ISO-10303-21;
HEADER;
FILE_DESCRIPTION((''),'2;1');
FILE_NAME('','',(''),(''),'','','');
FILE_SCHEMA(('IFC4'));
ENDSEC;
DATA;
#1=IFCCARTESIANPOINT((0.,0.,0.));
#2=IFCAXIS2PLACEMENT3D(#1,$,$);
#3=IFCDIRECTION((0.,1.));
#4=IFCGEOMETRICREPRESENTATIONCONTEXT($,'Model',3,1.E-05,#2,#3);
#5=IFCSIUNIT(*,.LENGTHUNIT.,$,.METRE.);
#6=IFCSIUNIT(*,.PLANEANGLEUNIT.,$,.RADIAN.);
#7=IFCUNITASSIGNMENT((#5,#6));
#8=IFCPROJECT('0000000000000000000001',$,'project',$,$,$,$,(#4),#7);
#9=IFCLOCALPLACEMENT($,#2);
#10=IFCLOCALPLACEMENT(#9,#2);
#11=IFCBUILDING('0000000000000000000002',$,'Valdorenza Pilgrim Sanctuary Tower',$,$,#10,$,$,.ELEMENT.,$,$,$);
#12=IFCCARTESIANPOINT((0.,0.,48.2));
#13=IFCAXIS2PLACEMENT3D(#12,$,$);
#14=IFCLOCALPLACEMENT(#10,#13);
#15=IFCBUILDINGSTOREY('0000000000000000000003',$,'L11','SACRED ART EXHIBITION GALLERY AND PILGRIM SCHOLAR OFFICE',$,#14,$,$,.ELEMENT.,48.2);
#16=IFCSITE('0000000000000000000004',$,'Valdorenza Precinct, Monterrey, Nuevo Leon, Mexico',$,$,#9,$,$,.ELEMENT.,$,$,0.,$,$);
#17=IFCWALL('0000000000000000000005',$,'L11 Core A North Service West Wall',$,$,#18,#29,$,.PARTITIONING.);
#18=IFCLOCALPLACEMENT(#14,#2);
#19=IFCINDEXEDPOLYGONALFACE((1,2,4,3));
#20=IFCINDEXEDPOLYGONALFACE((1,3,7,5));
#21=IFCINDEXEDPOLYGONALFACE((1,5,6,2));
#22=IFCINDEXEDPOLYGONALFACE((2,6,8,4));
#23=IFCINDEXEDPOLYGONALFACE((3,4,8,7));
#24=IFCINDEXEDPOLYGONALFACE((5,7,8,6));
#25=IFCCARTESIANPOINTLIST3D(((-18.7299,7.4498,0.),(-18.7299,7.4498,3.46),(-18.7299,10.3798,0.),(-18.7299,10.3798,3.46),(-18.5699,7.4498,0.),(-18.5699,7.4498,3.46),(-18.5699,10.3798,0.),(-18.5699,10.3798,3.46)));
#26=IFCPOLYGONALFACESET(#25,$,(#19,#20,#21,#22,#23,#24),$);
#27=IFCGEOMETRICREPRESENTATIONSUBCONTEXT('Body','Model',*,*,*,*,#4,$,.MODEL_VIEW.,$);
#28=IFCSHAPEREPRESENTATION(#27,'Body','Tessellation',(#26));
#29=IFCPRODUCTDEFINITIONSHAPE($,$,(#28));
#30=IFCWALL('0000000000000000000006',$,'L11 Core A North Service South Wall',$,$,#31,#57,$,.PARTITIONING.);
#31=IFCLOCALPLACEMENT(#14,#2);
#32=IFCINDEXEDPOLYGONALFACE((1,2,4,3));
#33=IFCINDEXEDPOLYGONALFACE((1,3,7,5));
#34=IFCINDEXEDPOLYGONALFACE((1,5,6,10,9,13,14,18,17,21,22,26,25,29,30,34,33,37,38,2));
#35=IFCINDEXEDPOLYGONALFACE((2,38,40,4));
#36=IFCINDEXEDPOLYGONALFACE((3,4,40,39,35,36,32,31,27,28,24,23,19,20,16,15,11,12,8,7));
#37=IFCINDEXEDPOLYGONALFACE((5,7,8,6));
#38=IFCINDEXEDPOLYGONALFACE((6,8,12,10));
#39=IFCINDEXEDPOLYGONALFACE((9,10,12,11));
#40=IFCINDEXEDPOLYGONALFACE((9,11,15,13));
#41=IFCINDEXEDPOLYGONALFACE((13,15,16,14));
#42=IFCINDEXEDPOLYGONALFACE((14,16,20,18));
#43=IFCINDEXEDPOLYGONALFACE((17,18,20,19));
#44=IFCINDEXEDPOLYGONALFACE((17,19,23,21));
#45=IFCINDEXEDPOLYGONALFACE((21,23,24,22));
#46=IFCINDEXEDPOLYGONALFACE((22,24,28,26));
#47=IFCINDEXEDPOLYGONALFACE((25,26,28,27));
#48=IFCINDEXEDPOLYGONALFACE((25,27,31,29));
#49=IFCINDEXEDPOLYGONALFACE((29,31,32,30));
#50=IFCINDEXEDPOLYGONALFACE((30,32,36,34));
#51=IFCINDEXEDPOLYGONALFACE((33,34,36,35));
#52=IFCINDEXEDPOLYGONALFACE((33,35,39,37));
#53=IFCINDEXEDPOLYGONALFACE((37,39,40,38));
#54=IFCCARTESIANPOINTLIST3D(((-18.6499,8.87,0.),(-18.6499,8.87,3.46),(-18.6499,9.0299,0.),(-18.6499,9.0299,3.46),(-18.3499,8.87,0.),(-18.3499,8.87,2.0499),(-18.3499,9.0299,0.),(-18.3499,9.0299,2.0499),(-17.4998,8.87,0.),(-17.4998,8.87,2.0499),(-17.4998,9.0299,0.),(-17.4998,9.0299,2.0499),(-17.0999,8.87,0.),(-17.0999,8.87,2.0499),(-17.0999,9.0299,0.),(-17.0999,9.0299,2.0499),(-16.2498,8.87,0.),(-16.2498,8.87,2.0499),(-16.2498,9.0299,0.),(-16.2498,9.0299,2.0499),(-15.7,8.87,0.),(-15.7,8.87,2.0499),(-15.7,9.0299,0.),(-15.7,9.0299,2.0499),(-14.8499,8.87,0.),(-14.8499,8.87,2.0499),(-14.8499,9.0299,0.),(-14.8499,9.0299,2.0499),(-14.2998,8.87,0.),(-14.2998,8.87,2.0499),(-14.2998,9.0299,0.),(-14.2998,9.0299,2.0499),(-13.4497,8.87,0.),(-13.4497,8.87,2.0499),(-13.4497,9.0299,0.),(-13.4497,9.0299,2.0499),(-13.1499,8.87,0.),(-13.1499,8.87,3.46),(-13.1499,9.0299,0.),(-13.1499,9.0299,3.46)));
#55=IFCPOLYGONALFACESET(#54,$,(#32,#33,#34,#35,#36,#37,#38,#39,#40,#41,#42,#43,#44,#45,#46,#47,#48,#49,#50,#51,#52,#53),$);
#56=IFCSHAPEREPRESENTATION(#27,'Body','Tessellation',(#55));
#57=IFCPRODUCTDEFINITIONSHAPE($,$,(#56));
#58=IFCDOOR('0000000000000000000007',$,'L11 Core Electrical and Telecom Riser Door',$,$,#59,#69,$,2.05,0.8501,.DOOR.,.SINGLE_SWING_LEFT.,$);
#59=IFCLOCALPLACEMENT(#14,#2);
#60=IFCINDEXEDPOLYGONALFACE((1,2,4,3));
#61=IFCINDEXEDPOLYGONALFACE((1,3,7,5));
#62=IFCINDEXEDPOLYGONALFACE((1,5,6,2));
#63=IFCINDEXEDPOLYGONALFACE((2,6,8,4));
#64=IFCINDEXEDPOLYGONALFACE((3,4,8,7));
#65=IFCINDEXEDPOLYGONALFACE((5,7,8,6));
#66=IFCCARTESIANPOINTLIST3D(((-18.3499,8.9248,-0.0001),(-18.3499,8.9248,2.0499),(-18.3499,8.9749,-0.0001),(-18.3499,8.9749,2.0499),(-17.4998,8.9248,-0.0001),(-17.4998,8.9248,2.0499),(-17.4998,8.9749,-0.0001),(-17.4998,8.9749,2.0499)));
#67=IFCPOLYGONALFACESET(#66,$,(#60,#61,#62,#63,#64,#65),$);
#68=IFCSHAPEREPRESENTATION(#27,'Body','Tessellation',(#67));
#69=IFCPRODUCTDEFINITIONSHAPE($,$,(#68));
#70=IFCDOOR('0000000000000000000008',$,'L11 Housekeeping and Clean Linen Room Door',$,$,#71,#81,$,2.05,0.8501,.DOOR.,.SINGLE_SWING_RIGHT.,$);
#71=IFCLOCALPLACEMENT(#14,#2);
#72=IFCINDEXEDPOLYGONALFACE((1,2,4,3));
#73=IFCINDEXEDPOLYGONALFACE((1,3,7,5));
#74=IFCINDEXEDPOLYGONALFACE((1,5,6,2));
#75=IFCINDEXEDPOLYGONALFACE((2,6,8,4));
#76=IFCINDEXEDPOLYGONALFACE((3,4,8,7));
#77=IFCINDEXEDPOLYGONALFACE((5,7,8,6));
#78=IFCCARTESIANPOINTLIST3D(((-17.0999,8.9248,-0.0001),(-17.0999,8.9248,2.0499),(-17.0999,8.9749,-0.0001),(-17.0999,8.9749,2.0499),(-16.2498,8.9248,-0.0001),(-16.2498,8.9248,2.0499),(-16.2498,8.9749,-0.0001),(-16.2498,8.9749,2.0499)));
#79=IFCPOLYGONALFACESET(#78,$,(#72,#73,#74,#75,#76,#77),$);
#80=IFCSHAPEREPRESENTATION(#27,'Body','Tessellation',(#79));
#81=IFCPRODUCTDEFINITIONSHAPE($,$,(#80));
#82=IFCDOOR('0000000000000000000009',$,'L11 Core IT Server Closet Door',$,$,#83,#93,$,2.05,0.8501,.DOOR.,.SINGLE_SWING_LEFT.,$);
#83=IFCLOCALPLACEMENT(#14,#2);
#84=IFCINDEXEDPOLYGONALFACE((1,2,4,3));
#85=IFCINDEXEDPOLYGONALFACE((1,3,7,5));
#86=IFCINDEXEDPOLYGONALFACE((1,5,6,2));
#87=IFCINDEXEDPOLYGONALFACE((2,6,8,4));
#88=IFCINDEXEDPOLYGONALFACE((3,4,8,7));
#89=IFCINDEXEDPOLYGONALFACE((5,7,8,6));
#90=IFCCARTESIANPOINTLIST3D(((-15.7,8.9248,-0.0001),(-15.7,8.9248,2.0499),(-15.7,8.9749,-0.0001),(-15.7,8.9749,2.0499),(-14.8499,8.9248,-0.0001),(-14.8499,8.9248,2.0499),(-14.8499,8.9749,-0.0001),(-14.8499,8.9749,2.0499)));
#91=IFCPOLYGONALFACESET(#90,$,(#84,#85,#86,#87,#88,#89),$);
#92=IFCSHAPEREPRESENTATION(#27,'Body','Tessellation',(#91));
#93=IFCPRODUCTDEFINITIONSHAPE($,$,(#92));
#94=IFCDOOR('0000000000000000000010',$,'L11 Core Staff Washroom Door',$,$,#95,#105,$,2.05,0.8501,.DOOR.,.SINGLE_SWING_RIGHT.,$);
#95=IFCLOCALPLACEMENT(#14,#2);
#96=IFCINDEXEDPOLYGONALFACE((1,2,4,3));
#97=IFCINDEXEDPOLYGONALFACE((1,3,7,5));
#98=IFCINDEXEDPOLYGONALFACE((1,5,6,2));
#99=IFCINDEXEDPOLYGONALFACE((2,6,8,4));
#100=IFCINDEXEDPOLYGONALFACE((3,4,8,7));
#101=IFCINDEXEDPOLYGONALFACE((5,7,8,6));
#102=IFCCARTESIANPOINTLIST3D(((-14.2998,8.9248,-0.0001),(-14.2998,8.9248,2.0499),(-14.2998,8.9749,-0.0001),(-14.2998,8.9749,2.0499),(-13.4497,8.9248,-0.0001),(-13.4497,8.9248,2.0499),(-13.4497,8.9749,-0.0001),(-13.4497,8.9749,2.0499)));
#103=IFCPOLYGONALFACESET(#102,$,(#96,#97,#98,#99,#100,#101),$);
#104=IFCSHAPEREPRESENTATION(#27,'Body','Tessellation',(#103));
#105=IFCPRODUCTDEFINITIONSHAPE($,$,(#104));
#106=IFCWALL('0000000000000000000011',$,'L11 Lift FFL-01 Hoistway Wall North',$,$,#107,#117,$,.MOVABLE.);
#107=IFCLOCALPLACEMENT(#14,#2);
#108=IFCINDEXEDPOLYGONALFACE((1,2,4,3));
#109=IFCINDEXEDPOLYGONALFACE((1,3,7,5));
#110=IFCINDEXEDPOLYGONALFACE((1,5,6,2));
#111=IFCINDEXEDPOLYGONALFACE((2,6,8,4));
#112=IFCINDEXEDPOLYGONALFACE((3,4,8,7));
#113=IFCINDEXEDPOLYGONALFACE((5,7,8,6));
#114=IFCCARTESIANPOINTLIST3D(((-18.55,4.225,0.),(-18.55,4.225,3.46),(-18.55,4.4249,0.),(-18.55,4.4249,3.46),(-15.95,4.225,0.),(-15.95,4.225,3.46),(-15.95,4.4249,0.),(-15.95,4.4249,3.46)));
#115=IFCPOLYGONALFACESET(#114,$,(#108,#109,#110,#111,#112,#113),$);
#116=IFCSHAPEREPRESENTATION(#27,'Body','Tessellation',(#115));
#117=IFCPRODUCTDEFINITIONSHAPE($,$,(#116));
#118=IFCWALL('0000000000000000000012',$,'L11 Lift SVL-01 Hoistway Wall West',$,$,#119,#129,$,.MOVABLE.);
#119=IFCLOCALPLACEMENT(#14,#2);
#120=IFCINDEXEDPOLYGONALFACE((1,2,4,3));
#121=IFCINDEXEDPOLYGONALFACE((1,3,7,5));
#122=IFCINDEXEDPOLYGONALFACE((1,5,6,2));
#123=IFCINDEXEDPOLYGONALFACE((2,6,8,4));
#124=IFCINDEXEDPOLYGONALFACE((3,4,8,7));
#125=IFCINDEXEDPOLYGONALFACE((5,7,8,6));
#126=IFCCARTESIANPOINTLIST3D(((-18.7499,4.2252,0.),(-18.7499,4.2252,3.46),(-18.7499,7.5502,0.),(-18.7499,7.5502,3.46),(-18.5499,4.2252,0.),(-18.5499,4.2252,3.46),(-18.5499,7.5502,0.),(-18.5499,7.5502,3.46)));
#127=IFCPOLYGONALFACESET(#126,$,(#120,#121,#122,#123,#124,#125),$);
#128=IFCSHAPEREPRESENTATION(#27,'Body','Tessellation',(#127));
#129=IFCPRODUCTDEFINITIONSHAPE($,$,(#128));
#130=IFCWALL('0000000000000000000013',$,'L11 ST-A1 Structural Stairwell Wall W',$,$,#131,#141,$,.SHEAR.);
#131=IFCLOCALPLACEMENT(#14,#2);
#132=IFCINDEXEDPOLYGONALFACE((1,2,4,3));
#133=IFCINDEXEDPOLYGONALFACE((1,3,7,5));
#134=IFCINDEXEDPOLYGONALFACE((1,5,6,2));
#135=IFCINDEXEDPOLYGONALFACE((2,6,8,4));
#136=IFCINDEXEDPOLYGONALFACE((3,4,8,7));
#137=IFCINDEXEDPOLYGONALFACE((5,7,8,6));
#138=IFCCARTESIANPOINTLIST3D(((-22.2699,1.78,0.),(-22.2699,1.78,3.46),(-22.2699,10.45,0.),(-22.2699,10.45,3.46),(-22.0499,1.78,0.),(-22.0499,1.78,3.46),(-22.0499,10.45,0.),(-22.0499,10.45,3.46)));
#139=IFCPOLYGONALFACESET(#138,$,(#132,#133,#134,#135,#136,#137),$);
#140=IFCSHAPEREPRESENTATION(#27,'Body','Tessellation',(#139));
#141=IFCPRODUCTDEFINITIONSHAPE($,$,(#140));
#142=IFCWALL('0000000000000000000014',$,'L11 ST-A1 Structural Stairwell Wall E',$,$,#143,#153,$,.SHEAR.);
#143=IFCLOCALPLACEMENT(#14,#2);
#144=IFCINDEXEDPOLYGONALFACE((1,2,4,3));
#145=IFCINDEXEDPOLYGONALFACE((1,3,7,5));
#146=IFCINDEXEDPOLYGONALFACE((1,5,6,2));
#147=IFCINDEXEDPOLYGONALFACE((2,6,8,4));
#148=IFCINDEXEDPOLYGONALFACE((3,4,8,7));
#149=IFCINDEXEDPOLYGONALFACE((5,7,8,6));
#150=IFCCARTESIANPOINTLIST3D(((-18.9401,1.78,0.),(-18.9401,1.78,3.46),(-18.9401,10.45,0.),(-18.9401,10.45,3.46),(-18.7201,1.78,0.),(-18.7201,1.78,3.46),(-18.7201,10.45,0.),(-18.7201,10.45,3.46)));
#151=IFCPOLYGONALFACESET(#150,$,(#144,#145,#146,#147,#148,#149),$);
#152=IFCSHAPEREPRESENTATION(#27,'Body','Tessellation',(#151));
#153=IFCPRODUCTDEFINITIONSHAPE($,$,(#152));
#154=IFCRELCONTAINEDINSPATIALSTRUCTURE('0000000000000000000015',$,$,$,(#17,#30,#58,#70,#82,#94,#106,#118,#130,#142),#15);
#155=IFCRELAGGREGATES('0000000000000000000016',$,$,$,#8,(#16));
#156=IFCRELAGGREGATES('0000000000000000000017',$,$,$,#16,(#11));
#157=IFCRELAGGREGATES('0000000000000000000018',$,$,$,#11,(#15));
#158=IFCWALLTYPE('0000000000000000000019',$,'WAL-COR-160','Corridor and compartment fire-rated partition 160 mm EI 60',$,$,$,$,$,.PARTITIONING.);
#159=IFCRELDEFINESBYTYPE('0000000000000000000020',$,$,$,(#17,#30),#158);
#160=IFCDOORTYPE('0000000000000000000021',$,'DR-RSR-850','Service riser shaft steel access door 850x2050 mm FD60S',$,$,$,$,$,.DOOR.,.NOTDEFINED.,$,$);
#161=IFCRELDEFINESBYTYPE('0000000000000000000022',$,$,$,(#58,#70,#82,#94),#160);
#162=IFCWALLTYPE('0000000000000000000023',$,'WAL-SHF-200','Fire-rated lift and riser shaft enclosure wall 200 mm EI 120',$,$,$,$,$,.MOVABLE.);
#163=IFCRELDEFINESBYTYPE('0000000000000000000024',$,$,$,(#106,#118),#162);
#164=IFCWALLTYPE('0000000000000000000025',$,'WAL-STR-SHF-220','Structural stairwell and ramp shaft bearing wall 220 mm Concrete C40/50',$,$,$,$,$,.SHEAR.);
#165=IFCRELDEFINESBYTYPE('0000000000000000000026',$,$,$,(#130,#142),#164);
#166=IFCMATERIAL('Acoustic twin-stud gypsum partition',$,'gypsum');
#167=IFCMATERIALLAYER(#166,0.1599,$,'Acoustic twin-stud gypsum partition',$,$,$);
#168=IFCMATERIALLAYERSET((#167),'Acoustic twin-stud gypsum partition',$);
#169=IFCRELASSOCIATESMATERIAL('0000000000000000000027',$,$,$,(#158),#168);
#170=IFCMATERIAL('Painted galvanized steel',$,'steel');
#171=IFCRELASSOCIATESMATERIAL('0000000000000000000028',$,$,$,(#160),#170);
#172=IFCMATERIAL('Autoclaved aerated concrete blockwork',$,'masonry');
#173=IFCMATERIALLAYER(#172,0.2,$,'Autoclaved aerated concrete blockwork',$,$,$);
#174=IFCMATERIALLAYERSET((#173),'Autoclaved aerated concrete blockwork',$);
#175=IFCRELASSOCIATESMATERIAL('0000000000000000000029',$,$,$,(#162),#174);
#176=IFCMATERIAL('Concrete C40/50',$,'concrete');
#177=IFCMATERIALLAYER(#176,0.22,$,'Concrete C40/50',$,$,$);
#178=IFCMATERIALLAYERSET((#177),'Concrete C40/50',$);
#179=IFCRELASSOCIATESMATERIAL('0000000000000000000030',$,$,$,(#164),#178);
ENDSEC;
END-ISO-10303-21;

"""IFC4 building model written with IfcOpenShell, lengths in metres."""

from ifc_helpers import new_model, si_unit, direction, frame, frame_2d, origin, place, context, subcontext, project, spatial, rectangle, extrude, material, layer, layer_set, type_object, element, fill, save


model = new_model("IFC4")

# Units and contexts
model_context = context("Model", 3, precision=1e-05, world=origin(), true_north=direction((0.0, 1.0)))
body_context = subcontext(model_context, "Body", "Model", "MODEL_VIEW")
ifc_project = project(units=[si_unit("LENGTHUNIT", "METRE"), si_unit("PLANEANGLEUNIT", "RADIAN")], contexts=[model_context])

# Site, building, storey
site_placement = place(None, origin())
site = spatial("IfcSite", under=ifc_project, at=site_placement, Name="Valdorenza Precinct, Monterrey, Nuevo Leon, Mexico", CompositionType="ELEMENT", RefElevation=0.0)
building_placement = place(site_placement, origin())
building = spatial("IfcBuilding", under=site, at=building_placement, Name="Valdorenza Pilgrim Sanctuary Tower", CompositionType="ELEMENT")
storey_placement = place(building_placement, frame((0.0, 0.0, 48.2)))
storey = spatial("IfcBuildingStorey", under=building, at=storey_placement, Name="L11", Description="SACRED ART EXHIBITION GALLERY AND PILGRIM SCHOLAR OFFICE", CompositionType="ELEMENT", Elevation=48.2)

# Wall
ifc_material_1 = material(Name="Acoustic twin-stud gypsum partition", Category="gypsum")
ifc_layer_1 = layer(ifc_material_1, 0.1599, Name="Acoustic twin-stud gypsum partition")
ifc_layer_set_1 = layer_set([ifc_layer_1], Name="Acoustic twin-stud gypsum partition")
wall_type_1 = type_object("IfcWallType", Name="WAL-COR-160", Description="Corridor and compartment fire-rated partition 160 mm EI 60", PredefinedType="PARTITIONING", material=ifc_layer_set_1)
wall_1_placement = place(storey_placement, frame((-18.6499, 7.45, 0.0), z_axis=(0.0, 0.0, 1.0), x_axis=(0.0, 1.0, 0.0)))
element("IfcWall", 1, at=wall_1_placement, inside=storey, type_object=wall_type_1, Name="L11 Core A North Service West Wall", PredefinedType="PARTITIONING", context=body_context, shape_type="SweptSolid", body=[
    extrude(rectangle(XDim=2.9299, YDim=0.1599, at=frame_2d((1.4648, 0.0))), origin(), (0.0, 0.0, 1.0), 3.46),
])

# Wall, openings, doors
wall_2_placement = place(storey_placement, frame((-18.6499, 8.95, 0.0), z_axis=(0.0, 0.0, 1.0), x_axis=(1.0, 0.0, 0.0)))
wall_2 = element("IfcWall", 2, at=wall_2_placement, inside=storey, type_object=wall_type_1, Name="L11 Core A North Service South Wall", PredefinedType="PARTITIONING", context=body_context, shape_type="SweptSolid", body=[
    extrude(rectangle(XDim=5.5, YDim=0.1599, at=frame_2d((2.75, 0.0))), origin(), (0.0, 0.0, 1.0), 3.46),
])
opening_1_placement = place(wall_2_placement, frame((0.3, 0.0, 0.0)))
opening_1 = element("IfcOpeningElement", 3, at=opening_1_placement, cuts=wall_2, PredefinedType="OPENING", context=body_context, shape_type="SweptSolid", body=[
    extrude(rectangle(XDim=0.8501, YDim=2.05, at=frame_2d((0.425, 1.0249))), frame((0.0, 0.0947, 0.0), z_axis=(0.0, -1.0, 0.0), x_axis=(1.0, 0.0, 0.0)), (0.0, 0.0, 1.0), 0.1897),
])
opening_2_placement = place(wall_2_placement, frame((1.55, 0.0, 0.0)))
opening_2 = element("IfcOpeningElement", 4, at=opening_2_placement, cuts=wall_2, PredefinedType="OPENING", context=body_context, shape_type="SweptSolid", body=[
    extrude(rectangle(XDim=0.8501, YDim=2.05, at=frame_2d((0.425, 1.0249))), frame((0.0, 0.0947, 0.0), z_axis=(0.0, -1.0, 0.0), x_axis=(1.0, 0.0, 0.0)), (0.0, 0.0, 1.0), 0.1897),
])
opening_3_placement = place(wall_2_placement, frame((2.95, 0.0, 0.0)))
opening_3 = element("IfcOpeningElement", 5, at=opening_3_placement, cuts=wall_2, PredefinedType="OPENING", context=body_context, shape_type="SweptSolid", body=[
    extrude(rectangle(XDim=0.8501, YDim=2.05, at=frame_2d((0.425, 1.0249))), frame((0.0, 0.0947, 0.0), z_axis=(0.0, -1.0, 0.0), x_axis=(1.0, 0.0, 0.0)), (0.0, 0.0, 1.0), 0.1897),
])
opening_4_placement = place(wall_2_placement, frame((4.3501, 0.0, 0.0)))
opening_4 = element("IfcOpeningElement", 6, at=opening_4_placement, cuts=wall_2, PredefinedType="OPENING", context=body_context, shape_type="SweptSolid", body=[
    extrude(rectangle(XDim=0.8501, YDim=2.05, at=frame_2d((0.425, 1.0249))), frame((0.0, 0.0947, 0.0), z_axis=(0.0, -1.0, 0.0), x_axis=(1.0, 0.0, 0.0)), (0.0, 0.0, 1.0), 0.1897),
])
ifc_material_2 = material(Name="Painted galvanized steel", Category="steel")
door_type_1 = type_object("IfcDoorType", Name="DR-RSR-850", Description="Service riser shaft steel access door 850x2050 mm FD60S", OperationType="NOTDEFINED", PredefinedType="DOOR", material=ifc_material_2)
door_1_placement = place(opening_1_placement, origin())
door_1 = element("IfcDoor", 7, at=door_1_placement, inside=storey, type_object=door_type_1, Name="L11 Core Electrical and Telecom Riser Door", OperationType="SINGLE_SWING_LEFT", OverallHeight=2.05, OverallWidth=0.8501, PredefinedType="DOOR", context=body_context, shape_type="SweptSolid", body=[
    extrude(rectangle(XDim=0.8501, YDim=2.05, at=frame_2d((0.425, 1.0249))), frame((0.0, 0.0249, 0.0), z_axis=(0.0, -1.0, 0.0), x_axis=(1.0, 0.0, 0.0)), (0.0, 0.0, 1.0), 0.05),
])
fill(opening_1, door_1)
door_2_placement = place(opening_2_placement, origin())
door_2 = element("IfcDoor", 8, at=door_2_placement, inside=storey, type_object=door_type_1, Name="L11 Housekeeping and Clean Linen Room Door", OperationType="SINGLE_SWING_RIGHT", OverallHeight=2.05, OverallWidth=0.8501, PredefinedType="DOOR", context=body_context, shape_type="SweptSolid", body=[
    extrude(rectangle(XDim=0.8501, YDim=2.05, at=frame_2d((0.425, 1.0249))), frame((0.0, 0.0249, 0.0), z_axis=(0.0, -1.0, 0.0), x_axis=(1.0, 0.0, 0.0)), (0.0, 0.0, 1.0), 0.05),
])
fill(opening_2, door_2)
door_3_placement = place(opening_3_placement, origin())
door_3 = element("IfcDoor", 9, at=door_3_placement, inside=storey, type_object=door_type_1, Name="L11 Core IT Server Closet Door", OperationType="SINGLE_SWING_LEFT", OverallHeight=2.05, OverallWidth=0.8501, PredefinedType="DOOR", context=body_context, shape_type="SweptSolid", body=[
    extrude(rectangle(XDim=0.8501, YDim=2.05, at=frame_2d((0.425, 1.0249))), frame((0.0, 0.0249, 0.0), z_axis=(0.0, -1.0, 0.0), x_axis=(1.0, 0.0, 0.0)), (0.0, 0.0, 1.0), 0.05),
])
fill(opening_3, door_3)
door_4_placement = place(opening_4_placement, origin())
door_4 = element("IfcDoor", 10, at=door_4_placement, inside=storey, type_object=door_type_1, Name="L11 Core Staff Washroom Door", OperationType="SINGLE_SWING_RIGHT", OverallHeight=2.05, OverallWidth=0.8501, PredefinedType="DOOR", context=body_context, shape_type="SweptSolid", body=[
    extrude(rectangle(XDim=0.8501, YDim=2.05, at=frame_2d((0.425, 1.0249))), frame((0.0, 0.0249, 0.0), z_axis=(0.0, -1.0, 0.0), x_axis=(1.0, 0.0, 0.0)), (0.0, 0.0, 1.0), 0.05),
])
fill(opening_4, door_4)

# Walls
ifc_material_3 = material(Name="Autoclaved aerated concrete blockwork", Category="masonry")
ifc_layer_2 = layer(ifc_material_3, 0.2, Name="Autoclaved aerated concrete blockwork")
ifc_layer_set_2 = layer_set([ifc_layer_2], Name="Autoclaved aerated concrete blockwork")
wall_type_2 = type_object("IfcWallType", Name="WAL-SHF-200", Description="Fire-rated lift and riser shaft enclosure wall 200 mm EI 120", PredefinedType="MOVABLE", material=ifc_layer_set_2)
wall_3_placement = place(storey_placement, frame((-18.55, 4.325, 0.0), z_axis=(0.0, 0.0, 1.0), x_axis=(1.0, 0.0, 0.0)))
element("IfcWall", 11, at=wall_3_placement, inside=storey, type_object=wall_type_2, Name="L11 Lift FFL-01 Hoistway Wall North", PredefinedType="MOVABLE", context=body_context, shape_type="SweptSolid", body=[
    extrude(rectangle(XDim=2.6001, YDim=0.2, at=frame_2d((1.3, 0.0))), origin(), (0.0, 0.0, 1.0), 3.46),
])
wall_4_placement = place(storey_placement, frame((-18.6499, 4.2251, 0.0), z_axis=(0.0, 0.0, 1.0), x_axis=(0.0, 1.0, 0.0)))
element("IfcWall", 12, at=wall_4_placement, inside=storey, type_object=wall_type_2, Name="L11 Lift SVL-01 Hoistway Wall West", PredefinedType="MOVABLE", context=body_context, shape_type="SweptSolid", body=[
    extrude(rectangle(XDim=3.325, YDim=0.2, at=frame_2d((1.6626, 0.0))), origin(), (0.0, 0.0, 1.0), 3.46),
])
ifc_material_4 = material(Name="Concrete C40/50", Category="concrete")
ifc_layer_3 = layer(ifc_material_4, 0.22, Name="Concrete C40/50")
ifc_layer_set_3 = layer_set([ifc_layer_3], Name="Concrete C40/50")
wall_type_3 = type_object("IfcWallType", Name="WAL-STR-SHF-220", Description="Structural stairwell and ramp shaft bearing wall 220 mm Concrete C40/50", PredefinedType="SHEAR", material=ifc_layer_set_3)
for number, where, z_axis, x_axis, name in (
    (13, (-22.1599, 1.78, 0.0), (0.0, 0.0, 1.0), (0.0, 1.0, 0.0), "L11 ST-A1 Structural Stairwell Wall W"),
    (14, (-18.8301, 1.78, 0.0), (0.0, 0.0, 1.0), (0.0, 1.0, 0.0), "L11 ST-A1 Structural Stairwell Wall E"),
):
    element("IfcWall", number, at=place(storey_placement, frame(where, z_axis=z_axis, x_axis=x_axis)), inside=storey, type_object=wall_type_3, Name=name, PredefinedType="SHEAR", context=body_context, shape_type="SweptSolid", body=[
        extrude(rectangle(XDim=8.6699, YDim=0.22, at=frame_2d((4.335, 0.0))), origin(), (0.0, 0.0, 1.0), 3.46),
    ])

save(model, "model.ifc")
